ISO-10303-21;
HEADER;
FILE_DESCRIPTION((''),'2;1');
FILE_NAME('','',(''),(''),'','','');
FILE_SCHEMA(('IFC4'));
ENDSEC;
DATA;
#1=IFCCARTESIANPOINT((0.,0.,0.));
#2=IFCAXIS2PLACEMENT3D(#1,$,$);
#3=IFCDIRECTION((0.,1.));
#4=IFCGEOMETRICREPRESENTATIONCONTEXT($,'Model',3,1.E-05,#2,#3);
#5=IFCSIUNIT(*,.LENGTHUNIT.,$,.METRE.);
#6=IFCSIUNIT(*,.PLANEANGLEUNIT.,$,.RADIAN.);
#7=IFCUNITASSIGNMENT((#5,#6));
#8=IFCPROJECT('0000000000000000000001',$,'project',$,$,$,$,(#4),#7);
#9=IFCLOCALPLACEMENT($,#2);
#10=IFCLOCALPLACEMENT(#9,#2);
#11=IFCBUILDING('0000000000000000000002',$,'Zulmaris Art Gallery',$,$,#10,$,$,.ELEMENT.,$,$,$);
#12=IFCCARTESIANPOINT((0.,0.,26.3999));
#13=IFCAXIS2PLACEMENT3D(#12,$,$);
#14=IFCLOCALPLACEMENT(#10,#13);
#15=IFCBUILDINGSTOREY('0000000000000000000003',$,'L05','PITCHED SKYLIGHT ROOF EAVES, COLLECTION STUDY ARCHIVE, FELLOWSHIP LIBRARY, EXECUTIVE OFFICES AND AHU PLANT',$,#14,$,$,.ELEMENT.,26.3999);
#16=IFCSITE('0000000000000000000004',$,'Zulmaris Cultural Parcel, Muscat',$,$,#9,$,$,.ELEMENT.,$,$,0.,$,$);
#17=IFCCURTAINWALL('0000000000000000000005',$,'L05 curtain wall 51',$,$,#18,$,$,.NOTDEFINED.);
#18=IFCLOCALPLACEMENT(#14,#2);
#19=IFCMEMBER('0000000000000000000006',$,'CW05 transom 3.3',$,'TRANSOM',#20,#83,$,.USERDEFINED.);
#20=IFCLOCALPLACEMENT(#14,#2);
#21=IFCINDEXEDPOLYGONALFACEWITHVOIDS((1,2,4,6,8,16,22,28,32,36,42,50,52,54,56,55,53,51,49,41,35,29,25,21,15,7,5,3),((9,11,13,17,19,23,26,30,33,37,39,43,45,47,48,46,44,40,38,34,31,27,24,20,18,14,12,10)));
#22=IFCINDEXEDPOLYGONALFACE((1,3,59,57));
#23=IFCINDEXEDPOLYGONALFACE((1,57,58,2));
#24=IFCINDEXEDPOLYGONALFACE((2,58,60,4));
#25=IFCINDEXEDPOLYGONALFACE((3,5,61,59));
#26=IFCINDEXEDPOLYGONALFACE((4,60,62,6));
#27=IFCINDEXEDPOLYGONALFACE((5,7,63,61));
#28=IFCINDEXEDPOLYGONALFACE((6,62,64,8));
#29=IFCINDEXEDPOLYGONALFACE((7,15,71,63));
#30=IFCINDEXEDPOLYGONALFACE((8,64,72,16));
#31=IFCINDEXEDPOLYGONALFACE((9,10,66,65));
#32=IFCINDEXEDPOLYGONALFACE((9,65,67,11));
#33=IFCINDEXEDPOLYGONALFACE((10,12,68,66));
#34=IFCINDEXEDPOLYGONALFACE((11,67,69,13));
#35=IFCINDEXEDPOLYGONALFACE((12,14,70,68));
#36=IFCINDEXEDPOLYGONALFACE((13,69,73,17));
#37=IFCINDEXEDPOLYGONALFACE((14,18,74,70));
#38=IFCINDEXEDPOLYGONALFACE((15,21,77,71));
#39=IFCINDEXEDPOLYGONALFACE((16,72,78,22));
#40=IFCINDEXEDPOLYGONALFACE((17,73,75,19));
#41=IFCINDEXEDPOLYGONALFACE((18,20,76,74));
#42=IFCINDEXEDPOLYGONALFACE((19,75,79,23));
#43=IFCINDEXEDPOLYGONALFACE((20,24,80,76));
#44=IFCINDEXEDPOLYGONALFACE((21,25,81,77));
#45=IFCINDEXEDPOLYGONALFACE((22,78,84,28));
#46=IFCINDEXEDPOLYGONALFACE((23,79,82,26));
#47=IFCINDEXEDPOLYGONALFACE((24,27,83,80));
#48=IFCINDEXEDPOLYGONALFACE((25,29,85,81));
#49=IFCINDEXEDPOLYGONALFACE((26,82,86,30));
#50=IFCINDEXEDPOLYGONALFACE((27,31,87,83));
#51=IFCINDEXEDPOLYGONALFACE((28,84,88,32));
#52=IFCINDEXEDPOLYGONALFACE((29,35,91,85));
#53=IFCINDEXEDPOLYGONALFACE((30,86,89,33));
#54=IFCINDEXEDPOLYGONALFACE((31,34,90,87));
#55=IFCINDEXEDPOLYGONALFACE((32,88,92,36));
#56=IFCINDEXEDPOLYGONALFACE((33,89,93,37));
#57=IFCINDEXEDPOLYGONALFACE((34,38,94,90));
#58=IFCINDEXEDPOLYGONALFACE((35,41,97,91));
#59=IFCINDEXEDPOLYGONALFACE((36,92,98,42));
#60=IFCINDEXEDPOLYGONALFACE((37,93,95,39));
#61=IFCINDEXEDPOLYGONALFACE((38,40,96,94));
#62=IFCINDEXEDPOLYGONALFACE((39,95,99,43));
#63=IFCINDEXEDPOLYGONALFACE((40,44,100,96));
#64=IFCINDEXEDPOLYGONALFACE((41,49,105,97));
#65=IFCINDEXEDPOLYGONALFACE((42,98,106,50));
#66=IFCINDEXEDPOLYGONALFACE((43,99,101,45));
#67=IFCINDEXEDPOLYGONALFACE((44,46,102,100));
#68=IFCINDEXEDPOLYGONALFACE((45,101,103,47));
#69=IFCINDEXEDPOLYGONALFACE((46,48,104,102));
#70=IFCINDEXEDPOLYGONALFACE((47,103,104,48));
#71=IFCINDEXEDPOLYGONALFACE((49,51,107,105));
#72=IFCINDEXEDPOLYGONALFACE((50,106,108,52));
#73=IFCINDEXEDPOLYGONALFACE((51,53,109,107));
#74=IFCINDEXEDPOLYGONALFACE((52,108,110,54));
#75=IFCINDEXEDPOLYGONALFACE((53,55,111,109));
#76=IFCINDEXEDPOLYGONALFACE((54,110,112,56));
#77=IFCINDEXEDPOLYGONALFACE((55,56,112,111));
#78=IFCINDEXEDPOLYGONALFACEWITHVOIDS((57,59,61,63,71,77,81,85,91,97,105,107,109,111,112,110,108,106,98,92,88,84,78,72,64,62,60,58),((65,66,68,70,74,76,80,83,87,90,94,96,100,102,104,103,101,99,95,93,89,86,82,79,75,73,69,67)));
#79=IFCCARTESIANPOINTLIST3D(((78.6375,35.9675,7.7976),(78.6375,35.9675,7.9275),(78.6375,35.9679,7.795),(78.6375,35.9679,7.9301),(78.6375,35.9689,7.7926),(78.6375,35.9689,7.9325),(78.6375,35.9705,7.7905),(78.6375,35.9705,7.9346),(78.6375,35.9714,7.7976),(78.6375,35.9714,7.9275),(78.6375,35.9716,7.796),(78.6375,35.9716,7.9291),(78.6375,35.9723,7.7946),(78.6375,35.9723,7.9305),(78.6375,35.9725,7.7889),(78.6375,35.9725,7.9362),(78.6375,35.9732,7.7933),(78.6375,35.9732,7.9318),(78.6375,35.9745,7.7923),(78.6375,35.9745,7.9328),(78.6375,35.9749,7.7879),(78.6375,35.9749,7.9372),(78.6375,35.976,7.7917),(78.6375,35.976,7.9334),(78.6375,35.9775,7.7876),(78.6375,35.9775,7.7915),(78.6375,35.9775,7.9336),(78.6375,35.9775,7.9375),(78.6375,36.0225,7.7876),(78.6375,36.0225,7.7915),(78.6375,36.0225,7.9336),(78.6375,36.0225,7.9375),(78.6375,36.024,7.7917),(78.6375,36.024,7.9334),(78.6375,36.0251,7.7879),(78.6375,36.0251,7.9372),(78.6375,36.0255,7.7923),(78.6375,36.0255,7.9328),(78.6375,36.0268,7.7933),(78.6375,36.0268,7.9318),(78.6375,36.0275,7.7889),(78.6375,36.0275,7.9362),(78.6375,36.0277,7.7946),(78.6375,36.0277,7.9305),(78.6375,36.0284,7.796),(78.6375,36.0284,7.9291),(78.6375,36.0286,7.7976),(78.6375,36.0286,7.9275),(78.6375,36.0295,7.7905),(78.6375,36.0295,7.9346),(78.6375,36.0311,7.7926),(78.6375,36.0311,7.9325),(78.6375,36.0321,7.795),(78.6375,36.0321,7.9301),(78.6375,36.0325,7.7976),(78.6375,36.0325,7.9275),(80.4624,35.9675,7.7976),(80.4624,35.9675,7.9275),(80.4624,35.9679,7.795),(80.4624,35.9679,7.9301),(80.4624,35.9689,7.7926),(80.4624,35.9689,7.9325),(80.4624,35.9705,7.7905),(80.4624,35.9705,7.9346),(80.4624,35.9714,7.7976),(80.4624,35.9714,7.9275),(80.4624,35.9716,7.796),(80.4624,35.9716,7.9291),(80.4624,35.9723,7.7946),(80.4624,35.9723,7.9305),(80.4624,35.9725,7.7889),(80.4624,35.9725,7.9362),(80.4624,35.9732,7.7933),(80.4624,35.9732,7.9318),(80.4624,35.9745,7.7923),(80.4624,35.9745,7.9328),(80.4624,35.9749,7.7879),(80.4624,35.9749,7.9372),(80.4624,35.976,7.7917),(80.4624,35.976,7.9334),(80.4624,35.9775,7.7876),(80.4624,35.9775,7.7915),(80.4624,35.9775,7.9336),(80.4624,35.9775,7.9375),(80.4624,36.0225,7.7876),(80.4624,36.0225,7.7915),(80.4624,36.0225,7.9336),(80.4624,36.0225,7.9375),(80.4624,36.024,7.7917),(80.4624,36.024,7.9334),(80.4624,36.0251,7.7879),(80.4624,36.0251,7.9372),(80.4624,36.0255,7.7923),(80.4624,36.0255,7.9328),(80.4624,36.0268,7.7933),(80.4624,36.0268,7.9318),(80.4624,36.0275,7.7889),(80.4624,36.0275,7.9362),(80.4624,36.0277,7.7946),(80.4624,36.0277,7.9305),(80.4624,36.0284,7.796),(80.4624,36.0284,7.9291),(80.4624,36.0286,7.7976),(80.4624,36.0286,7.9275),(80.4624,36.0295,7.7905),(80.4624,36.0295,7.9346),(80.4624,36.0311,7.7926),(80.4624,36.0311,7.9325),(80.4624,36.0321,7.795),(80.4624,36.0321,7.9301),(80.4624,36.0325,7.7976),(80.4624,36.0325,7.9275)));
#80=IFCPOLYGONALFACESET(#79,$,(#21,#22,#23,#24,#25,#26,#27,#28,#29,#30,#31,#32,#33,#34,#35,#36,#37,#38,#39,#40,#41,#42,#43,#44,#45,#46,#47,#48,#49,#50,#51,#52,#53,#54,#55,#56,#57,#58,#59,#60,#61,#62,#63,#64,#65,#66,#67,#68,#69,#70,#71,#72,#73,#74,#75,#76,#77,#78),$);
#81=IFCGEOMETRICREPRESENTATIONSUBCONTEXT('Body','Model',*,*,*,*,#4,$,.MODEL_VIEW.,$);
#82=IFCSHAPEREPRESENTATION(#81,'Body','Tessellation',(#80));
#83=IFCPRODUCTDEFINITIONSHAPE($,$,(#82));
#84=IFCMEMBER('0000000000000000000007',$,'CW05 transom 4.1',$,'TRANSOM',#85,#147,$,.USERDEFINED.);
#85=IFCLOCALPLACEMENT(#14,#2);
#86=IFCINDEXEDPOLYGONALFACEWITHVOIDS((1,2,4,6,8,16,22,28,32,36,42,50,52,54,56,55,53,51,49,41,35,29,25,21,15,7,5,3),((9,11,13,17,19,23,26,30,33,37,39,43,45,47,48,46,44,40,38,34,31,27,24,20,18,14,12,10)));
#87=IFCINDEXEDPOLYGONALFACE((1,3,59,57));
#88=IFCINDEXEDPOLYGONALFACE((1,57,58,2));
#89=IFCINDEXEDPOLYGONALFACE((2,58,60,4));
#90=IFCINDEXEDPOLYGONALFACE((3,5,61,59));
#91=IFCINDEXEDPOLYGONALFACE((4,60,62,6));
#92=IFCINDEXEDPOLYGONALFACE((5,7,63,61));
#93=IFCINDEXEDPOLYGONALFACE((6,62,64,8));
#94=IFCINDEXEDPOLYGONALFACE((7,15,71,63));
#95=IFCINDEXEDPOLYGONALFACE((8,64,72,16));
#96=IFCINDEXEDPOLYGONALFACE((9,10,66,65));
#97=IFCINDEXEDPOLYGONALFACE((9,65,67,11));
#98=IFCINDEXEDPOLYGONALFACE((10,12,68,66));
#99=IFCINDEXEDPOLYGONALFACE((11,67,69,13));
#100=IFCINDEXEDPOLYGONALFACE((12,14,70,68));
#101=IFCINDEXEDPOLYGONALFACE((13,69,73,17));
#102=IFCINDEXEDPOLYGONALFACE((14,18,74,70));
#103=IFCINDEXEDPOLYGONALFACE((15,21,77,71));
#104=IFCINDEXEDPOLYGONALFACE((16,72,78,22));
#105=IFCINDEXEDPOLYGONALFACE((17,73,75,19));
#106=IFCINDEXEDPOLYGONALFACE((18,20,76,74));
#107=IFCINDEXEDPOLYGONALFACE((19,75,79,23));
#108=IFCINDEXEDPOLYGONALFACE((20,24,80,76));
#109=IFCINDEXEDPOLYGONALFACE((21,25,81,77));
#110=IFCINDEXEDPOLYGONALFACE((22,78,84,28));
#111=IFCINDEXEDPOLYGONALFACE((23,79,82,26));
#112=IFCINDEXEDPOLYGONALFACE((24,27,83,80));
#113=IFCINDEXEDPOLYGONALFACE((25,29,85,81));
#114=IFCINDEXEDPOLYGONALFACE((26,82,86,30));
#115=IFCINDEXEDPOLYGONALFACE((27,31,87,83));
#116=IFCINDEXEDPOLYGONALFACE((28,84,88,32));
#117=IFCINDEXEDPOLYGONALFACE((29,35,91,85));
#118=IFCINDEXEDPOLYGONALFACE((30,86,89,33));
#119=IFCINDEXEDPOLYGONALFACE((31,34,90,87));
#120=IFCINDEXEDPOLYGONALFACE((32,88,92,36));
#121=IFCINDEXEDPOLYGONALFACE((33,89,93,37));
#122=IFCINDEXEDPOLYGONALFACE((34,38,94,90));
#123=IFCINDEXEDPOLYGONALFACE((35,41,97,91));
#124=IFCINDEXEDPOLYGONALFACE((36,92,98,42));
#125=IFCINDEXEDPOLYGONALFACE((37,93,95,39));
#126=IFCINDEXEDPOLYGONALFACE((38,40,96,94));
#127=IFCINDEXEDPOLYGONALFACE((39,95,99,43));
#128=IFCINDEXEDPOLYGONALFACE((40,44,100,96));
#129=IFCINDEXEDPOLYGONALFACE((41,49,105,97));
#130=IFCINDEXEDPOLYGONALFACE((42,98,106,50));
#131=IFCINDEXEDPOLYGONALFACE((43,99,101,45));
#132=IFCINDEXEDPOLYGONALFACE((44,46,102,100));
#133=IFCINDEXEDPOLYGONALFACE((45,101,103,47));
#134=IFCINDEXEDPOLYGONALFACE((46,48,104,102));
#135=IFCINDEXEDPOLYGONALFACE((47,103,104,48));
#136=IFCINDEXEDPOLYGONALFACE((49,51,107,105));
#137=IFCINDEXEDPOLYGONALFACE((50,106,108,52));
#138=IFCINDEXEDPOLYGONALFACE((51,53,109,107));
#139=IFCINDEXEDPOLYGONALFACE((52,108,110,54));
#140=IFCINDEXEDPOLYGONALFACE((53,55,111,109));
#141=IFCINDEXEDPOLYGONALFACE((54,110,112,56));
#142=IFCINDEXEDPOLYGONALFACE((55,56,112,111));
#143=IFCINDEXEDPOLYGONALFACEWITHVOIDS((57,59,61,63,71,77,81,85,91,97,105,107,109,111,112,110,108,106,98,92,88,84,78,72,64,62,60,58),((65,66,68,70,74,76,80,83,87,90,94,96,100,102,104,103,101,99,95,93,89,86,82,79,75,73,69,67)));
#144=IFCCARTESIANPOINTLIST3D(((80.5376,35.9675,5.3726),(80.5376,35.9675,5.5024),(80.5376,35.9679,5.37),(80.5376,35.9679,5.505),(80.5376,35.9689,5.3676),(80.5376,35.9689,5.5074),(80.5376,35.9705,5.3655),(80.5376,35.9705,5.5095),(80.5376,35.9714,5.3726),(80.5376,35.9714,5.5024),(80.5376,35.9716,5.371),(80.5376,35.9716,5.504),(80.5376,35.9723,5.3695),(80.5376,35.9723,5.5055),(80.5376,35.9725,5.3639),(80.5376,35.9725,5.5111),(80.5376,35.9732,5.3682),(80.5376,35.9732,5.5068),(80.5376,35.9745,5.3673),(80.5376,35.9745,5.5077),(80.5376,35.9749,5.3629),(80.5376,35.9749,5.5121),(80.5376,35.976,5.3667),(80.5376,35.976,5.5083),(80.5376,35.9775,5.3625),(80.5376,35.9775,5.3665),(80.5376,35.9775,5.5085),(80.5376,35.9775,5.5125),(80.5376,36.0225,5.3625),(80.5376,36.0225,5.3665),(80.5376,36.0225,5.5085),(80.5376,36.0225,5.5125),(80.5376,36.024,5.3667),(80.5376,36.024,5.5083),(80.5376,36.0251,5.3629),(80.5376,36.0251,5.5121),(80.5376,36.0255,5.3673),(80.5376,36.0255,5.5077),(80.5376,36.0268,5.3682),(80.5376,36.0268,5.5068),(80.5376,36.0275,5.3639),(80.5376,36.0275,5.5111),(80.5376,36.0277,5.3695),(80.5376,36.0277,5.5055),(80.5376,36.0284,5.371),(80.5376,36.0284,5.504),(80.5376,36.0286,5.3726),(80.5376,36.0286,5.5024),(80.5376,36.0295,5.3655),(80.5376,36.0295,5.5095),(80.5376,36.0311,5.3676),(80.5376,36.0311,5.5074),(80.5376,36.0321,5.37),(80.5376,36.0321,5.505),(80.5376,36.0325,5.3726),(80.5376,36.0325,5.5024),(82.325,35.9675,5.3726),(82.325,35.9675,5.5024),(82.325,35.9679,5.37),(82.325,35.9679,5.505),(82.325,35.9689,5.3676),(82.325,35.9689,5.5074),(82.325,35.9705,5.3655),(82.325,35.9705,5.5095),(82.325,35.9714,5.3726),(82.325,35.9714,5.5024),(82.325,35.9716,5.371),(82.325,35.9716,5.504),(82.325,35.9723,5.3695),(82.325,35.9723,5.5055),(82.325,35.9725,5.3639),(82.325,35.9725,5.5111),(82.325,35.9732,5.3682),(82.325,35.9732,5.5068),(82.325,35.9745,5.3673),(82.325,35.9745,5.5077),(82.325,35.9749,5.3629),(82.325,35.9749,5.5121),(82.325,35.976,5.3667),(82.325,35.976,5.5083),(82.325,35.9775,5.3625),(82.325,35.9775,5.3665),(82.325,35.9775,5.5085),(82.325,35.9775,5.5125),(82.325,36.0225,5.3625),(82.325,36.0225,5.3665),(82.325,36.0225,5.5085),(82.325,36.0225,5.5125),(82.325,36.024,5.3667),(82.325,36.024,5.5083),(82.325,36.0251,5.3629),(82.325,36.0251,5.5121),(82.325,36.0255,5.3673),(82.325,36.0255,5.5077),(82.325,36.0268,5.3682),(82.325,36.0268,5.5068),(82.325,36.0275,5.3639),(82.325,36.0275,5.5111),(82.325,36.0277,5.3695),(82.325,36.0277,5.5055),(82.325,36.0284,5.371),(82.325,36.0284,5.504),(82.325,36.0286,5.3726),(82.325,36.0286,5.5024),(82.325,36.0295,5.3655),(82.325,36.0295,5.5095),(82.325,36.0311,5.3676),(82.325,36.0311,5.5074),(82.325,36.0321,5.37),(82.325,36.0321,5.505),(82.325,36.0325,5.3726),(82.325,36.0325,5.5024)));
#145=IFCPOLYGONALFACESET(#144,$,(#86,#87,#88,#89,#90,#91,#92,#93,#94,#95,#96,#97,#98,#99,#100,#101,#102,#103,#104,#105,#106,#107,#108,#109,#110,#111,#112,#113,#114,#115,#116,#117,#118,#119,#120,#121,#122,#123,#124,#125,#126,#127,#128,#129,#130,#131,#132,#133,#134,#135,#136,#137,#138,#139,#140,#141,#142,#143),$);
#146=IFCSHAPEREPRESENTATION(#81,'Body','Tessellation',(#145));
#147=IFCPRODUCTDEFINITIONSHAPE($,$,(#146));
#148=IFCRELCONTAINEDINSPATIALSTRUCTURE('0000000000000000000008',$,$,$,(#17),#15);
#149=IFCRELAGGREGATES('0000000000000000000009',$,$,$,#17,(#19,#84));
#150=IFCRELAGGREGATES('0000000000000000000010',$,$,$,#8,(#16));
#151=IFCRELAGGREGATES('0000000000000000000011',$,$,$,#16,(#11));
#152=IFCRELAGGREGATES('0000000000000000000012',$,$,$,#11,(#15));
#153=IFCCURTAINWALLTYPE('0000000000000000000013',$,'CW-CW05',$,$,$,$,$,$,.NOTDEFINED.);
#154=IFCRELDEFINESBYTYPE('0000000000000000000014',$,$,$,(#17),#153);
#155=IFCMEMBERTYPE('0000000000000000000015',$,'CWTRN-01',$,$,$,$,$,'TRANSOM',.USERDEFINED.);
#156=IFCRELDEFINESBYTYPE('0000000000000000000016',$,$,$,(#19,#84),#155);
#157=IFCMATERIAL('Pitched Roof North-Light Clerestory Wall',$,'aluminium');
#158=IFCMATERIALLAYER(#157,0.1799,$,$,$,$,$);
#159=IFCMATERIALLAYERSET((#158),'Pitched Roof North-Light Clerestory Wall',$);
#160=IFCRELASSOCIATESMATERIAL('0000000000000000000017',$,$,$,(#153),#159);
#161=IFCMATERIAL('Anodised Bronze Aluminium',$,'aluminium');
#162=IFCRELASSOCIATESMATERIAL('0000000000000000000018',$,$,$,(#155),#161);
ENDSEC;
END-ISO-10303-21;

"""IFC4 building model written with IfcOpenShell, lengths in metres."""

from ifc_helpers import new_model, si_unit, direction, frame, origin, origin_2d, place, context, subcontext, project, spatial, hollow_rectangle, extrude, material, layer, layer_set, material_profile, profile_set, type_object, element, aggregate, save


model = new_model("IFC4")

# Units and contexts
model_context = context("Model", 3, precision=1e-05, world=origin(), true_north=direction((0.0, 1.0)))
body_context = subcontext(model_context, "Body", "Model", "MODEL_VIEW")
ifc_project = project(units=[si_unit("LENGTHUNIT", "METRE"), si_unit("PLANEANGLEUNIT", "RADIAN")], contexts=[model_context])

# Site, building, storey
site_placement = place(None, origin())
site = spatial("IfcSite", under=ifc_project, at=site_placement, Name="Zulmaris Cultural Parcel, Muscat", CompositionType="ELEMENT", RefElevation=0.0)
building_placement = place(site_placement, origin())
building = spatial("IfcBuilding", under=site, at=building_placement, Name="Zulmaris Art Gallery", CompositionType="ELEMENT")
storey_placement = place(building_placement, frame((0.0, 0.0, 26.3999)))
storey = spatial("IfcBuildingStorey", under=building, at=storey_placement, Name="L05", Description="PITCHED SKYLIGHT ROOF EAVES, COLLECTION STUDY ARCHIVE, FELLOWSHIP LIBRARY, EXECUTIVE OFFICES AND AHU PLANT", CompositionType="ELEMENT", Elevation=26.3999)

# Shared definitions
ifc_material_1 = material(Name="Pitched Roof North-Light Clerestory Wall", Category="aluminium")
ifc_layer_1 = layer(ifc_material_1, 0.1799)
ifc_layer_set_1 = layer_set([ifc_layer_1], Name="Pitched Roof North-Light Clerestory Wall")
curtain_wall_type = type_object("IfcCurtainWallType", Name="CW-CW05", PredefinedType="NOTDEFINED", material=ifc_layer_set_1)
ifc_material_2 = material(Name="Anodised Bronze Aluminium", Category="aluminium")

# Curtain wall
curtain_wall_1_placement = place(storey_placement, origin())
curtain_wall_1 = element("IfcCurtainWall", 1, at=curtain_wall_1_placement, inside=storey, type_object=curtain_wall_type, Name="L05 curtain wall 51", PredefinedType="NOTDEFINED")

# Members
ifc_material_profile_1 = material_profile(ifc_material_2, hollow_rectangle(XDim=0.0649, YDim=0.1499, WallThickness=0.0039, InnerFilletRadius=0.0061, OuterFilletRadius=0.01, at=origin_2d()), Name="ALU 65x150x4")
ifc_profile_set_1 = profile_set([ifc_material_profile_1], Name="Anodised Bronze Aluminium")
member_type_1 = type_object("IfcMemberType", Name="CWTRN-01", ElementType="TRANSOM", PredefinedType="USERDEFINED", material=ifc_profile_set_1)
member_1_placement = place(storey_placement, frame((78.6375, 36.0, 7.8625), z_axis=(1.0, 0.0, 0.0), x_axis=(0.0, 1.0, 0.0)))
member_1 = element("IfcMember", 2, at=member_1_placement, type_object=member_type_1, Name="CW05 transom 3.3", ObjectType="TRANSOM", PredefinedType="USERDEFINED", context=body_context, shape_type="SweptSolid", body=[
    extrude(hollow_rectangle(XDim=0.0649, YDim=0.1499, WallThickness=0.0039, InnerFilletRadius=0.0061, OuterFilletRadius=0.01, at=origin_2d()), origin(), (0.0, 0.0, 1.0), 1.825),
])
member_2_placement = place(storey_placement, frame((80.5376, 36.0, 5.4375), z_axis=(1.0, 0.0, 0.0), x_axis=(0.0, 1.0, 0.0)))
member_2 = element("IfcMember", 3, at=member_2_placement, type_object=member_type_1, Name="CW05 transom 4.1", ObjectType="TRANSOM", PredefinedType="USERDEFINED", context=body_context, shape_type="SweptSolid", body=[
    extrude(hollow_rectangle(XDim=0.0649, YDim=0.1499, WallThickness=0.0039, InnerFilletRadius=0.0061, OuterFilletRadius=0.01, at=origin_2d()), origin(), (0.0, 0.0, 1.0), 1.7874),
])

aggregate(curtain_wall_1, [member_1, member_2])

save(model, "model.ifc")
